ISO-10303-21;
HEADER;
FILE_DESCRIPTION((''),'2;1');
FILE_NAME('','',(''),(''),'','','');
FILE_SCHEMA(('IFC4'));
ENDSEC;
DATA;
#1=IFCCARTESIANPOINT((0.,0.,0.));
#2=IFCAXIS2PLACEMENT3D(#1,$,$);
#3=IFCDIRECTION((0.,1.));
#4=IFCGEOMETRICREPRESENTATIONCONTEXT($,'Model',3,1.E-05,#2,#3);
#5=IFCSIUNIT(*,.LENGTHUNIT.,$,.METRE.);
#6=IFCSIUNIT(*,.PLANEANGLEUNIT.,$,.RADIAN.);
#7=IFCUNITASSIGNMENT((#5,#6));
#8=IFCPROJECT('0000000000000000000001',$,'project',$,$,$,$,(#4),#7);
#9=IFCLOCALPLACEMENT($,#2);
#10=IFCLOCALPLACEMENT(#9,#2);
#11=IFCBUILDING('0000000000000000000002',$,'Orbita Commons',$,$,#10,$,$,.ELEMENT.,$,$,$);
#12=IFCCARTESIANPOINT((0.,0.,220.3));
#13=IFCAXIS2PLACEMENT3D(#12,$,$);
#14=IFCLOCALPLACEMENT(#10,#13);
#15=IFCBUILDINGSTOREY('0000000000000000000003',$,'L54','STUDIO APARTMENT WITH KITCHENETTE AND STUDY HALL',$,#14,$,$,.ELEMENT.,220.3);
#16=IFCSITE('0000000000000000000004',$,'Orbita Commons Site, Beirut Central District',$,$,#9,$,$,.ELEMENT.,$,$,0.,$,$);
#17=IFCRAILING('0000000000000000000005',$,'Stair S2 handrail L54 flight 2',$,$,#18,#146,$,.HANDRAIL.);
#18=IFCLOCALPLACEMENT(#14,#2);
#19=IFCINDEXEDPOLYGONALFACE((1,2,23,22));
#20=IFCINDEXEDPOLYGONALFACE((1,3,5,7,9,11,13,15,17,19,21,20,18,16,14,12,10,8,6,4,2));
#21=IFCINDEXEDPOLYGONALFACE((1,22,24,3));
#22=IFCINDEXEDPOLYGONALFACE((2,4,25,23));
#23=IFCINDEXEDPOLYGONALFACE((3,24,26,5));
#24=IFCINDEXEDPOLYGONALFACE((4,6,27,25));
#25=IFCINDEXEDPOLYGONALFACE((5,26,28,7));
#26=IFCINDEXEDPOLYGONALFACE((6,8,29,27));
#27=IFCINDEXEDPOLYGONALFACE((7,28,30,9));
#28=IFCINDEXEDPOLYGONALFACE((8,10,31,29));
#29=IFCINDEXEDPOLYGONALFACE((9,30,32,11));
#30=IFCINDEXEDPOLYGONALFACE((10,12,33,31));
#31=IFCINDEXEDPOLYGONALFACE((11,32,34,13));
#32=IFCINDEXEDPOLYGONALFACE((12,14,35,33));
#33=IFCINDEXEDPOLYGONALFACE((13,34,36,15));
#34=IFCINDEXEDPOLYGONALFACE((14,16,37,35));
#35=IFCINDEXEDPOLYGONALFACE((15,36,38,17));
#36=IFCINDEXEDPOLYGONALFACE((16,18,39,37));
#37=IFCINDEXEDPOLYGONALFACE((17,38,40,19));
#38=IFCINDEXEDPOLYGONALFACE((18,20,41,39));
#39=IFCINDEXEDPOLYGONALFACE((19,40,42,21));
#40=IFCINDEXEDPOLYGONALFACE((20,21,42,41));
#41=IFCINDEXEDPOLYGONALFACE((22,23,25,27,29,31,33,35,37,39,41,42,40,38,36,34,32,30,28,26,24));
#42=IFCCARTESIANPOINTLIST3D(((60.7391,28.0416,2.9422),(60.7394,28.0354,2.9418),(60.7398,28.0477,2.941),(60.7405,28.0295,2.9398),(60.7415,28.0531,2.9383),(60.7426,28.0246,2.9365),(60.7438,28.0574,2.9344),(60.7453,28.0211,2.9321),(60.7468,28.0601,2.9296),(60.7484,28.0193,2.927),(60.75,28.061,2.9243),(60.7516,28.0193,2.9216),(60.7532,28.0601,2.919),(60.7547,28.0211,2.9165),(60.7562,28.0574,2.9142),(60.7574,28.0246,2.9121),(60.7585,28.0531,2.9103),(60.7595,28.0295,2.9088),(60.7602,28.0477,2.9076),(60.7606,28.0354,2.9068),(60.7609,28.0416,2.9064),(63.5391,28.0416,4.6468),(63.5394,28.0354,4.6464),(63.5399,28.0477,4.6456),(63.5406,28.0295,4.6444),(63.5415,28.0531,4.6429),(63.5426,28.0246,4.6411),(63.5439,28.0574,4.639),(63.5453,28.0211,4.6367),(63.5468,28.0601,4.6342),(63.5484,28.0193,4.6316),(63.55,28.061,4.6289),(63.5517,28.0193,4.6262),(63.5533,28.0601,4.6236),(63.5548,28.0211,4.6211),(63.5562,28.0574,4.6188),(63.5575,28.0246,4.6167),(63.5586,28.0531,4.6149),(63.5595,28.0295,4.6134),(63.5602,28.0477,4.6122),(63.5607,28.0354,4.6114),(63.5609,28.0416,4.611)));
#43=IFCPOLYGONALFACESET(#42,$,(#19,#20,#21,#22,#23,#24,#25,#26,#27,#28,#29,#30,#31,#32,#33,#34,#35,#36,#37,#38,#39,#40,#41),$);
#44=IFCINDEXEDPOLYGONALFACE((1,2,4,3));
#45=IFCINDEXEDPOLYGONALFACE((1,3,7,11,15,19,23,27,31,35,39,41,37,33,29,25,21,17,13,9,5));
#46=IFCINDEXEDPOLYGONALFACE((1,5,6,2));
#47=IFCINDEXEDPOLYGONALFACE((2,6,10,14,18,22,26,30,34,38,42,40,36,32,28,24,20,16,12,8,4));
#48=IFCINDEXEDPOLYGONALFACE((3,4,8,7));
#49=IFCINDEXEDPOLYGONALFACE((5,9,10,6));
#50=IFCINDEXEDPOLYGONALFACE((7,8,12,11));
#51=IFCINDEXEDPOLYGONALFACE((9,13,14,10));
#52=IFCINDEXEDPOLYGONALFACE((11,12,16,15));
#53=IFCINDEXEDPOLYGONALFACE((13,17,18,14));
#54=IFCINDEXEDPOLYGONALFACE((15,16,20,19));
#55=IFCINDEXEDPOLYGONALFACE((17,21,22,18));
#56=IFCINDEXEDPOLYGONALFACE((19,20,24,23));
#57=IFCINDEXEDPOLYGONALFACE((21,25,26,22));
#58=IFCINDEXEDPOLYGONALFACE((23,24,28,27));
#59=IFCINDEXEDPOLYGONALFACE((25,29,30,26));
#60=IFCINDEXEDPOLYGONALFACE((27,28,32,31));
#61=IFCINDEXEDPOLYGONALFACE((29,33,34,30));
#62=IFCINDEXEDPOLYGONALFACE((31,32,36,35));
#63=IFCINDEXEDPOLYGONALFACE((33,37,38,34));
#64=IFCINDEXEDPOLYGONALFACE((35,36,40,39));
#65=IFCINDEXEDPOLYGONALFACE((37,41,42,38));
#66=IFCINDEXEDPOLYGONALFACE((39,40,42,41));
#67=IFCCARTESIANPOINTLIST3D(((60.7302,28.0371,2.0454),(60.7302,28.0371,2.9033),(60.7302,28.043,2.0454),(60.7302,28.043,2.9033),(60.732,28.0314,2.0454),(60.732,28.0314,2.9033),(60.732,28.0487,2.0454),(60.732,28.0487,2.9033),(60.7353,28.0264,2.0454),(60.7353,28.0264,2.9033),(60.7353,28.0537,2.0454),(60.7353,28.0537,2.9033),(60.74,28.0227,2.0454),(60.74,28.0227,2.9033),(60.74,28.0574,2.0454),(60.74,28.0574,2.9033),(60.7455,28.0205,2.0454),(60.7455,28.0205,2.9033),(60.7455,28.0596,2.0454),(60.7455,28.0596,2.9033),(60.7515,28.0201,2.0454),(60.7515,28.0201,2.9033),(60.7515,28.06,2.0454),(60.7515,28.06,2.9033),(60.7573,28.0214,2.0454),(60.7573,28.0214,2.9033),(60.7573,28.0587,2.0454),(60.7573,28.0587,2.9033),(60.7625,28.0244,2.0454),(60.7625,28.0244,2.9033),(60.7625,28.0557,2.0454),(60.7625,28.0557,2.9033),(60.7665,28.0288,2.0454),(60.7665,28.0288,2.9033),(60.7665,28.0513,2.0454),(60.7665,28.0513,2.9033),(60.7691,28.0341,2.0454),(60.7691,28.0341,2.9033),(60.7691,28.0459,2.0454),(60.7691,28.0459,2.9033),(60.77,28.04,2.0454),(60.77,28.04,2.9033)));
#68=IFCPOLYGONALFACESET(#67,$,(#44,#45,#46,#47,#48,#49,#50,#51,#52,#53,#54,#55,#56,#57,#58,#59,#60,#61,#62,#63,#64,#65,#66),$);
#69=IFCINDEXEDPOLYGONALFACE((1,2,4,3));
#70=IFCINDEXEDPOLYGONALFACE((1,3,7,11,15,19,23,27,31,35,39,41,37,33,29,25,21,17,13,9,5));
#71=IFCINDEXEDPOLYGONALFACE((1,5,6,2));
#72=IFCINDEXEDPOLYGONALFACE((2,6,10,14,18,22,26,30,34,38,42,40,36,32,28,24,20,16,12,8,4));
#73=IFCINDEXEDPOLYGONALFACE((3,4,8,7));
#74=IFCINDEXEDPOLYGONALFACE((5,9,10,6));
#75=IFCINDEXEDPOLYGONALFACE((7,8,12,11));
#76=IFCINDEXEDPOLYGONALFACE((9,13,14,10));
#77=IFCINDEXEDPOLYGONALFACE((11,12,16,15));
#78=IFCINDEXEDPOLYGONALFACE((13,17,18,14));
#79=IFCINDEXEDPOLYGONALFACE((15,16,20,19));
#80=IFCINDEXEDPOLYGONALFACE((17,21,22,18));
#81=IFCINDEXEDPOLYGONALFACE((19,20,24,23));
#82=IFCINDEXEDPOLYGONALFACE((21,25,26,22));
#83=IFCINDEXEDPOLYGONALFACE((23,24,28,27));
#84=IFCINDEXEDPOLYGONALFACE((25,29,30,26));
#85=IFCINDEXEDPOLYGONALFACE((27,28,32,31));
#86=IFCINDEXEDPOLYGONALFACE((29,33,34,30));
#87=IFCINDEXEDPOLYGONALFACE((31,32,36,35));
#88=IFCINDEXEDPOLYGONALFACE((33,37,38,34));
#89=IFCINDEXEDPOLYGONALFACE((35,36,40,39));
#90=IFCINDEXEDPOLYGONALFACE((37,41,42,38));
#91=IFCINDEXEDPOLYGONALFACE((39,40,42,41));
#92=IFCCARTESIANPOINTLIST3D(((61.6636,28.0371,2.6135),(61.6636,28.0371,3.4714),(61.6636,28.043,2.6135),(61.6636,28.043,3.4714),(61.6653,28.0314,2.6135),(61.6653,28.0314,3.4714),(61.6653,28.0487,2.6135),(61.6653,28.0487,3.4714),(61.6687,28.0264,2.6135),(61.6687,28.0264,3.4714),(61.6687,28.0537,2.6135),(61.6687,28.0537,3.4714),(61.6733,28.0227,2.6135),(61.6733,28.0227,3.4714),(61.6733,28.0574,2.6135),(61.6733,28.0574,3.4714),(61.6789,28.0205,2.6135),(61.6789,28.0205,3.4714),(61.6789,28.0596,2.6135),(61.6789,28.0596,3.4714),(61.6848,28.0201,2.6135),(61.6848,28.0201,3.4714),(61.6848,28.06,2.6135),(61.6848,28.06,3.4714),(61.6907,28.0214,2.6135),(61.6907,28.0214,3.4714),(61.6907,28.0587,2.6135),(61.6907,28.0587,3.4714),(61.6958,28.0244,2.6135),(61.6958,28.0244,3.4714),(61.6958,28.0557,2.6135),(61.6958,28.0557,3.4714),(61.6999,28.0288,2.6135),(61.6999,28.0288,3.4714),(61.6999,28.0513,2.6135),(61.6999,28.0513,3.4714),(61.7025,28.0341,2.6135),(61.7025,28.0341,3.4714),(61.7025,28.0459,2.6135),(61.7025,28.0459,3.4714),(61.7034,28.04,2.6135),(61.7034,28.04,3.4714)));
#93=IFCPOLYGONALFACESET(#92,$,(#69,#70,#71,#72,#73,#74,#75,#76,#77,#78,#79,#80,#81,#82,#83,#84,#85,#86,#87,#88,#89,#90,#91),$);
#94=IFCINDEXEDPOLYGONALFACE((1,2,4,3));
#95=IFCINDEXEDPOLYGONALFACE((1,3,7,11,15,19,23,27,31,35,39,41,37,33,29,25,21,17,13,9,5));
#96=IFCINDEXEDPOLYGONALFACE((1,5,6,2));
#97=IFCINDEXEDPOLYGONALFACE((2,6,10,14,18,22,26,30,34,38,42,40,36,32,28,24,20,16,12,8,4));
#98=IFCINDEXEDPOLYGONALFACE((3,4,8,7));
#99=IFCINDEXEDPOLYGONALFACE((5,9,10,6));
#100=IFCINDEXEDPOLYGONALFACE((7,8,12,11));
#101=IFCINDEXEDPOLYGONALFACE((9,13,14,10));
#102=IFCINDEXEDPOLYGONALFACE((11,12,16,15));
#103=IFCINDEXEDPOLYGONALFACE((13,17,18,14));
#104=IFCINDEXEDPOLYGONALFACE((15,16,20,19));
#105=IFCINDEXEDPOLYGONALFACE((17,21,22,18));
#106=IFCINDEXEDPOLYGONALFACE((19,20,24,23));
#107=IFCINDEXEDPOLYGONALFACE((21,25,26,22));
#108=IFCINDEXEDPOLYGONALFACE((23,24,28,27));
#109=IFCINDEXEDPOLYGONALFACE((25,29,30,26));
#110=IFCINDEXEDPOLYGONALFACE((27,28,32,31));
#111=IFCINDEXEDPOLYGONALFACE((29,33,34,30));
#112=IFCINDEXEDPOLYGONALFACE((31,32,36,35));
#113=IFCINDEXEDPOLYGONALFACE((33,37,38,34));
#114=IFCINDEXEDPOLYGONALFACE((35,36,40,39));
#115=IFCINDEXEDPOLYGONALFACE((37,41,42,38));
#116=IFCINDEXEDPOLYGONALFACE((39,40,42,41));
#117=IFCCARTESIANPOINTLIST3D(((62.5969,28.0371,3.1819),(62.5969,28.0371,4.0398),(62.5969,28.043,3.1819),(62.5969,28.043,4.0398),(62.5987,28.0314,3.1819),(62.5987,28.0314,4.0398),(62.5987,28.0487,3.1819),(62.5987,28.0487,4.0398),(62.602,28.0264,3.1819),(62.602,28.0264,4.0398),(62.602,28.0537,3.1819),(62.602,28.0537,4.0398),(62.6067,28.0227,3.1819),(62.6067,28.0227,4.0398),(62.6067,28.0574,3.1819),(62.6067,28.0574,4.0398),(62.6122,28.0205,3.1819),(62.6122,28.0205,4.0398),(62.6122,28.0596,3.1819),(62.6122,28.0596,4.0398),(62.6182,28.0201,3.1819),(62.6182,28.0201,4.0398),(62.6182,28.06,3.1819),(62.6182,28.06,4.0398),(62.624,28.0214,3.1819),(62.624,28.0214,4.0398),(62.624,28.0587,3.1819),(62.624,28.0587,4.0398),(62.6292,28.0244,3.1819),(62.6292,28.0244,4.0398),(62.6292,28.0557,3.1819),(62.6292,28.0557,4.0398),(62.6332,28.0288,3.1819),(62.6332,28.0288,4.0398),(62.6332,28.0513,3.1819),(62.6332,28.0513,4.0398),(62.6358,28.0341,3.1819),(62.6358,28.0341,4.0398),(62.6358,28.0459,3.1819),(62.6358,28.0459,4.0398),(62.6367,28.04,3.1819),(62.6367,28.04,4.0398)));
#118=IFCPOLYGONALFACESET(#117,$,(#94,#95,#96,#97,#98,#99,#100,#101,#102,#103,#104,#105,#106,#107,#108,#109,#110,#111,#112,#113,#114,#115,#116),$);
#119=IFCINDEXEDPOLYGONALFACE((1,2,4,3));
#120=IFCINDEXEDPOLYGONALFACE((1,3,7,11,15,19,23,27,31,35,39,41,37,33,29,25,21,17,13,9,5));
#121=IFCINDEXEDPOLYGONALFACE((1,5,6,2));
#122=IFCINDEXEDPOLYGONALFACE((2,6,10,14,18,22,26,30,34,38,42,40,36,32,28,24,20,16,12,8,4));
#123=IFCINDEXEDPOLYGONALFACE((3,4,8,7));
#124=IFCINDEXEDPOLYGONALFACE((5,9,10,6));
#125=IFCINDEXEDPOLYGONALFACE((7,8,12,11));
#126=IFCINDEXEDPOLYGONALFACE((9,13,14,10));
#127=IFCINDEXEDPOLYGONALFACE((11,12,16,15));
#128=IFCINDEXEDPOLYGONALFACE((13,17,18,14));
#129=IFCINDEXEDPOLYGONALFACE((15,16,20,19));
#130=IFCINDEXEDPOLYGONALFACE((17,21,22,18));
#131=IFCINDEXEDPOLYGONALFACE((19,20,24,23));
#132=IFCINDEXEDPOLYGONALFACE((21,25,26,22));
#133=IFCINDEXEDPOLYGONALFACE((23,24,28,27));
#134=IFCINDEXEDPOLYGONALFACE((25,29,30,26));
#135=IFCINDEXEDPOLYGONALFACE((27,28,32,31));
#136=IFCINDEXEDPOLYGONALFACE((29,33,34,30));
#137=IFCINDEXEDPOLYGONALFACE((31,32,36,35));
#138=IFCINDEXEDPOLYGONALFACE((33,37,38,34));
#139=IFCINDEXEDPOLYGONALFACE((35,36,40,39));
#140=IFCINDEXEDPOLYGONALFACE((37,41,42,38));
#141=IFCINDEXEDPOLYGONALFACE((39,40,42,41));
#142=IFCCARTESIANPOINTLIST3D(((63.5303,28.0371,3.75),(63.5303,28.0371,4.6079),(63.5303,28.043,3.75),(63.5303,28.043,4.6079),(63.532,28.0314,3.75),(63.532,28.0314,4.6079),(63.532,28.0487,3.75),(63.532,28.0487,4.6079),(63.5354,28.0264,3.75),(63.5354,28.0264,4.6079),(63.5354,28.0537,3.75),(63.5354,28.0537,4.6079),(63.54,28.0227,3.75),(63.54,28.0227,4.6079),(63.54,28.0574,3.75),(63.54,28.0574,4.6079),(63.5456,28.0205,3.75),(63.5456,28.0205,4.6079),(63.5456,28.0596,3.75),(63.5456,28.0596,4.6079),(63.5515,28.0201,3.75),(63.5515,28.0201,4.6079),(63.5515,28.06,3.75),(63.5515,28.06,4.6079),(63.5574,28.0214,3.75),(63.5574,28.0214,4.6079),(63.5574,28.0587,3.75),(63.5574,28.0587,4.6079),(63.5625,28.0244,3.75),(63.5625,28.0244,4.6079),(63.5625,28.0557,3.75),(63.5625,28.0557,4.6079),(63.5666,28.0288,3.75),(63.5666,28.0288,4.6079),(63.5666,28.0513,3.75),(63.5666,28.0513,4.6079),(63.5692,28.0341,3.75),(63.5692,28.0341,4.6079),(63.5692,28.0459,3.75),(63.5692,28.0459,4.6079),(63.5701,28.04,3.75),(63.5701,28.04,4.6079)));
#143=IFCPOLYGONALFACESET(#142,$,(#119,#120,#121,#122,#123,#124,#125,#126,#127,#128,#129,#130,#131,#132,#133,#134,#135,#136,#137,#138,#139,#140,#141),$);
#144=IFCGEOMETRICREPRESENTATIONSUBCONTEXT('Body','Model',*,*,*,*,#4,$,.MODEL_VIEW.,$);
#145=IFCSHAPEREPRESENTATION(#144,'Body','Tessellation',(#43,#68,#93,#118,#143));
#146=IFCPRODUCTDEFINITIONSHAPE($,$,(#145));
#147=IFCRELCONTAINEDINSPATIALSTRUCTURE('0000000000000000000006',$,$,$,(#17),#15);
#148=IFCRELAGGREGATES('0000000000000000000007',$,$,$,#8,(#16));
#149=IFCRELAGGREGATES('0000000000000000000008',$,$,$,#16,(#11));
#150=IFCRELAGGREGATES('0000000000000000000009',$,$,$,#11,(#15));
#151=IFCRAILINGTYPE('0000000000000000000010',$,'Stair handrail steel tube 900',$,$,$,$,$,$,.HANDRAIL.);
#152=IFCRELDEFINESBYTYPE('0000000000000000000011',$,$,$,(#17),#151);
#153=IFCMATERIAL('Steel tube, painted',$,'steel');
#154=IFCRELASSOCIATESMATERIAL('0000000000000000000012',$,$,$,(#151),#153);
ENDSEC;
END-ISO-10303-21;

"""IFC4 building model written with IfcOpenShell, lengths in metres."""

from ifc_helpers import new_model, si_unit, direction, frame, origin, origin_2d, place, context, subcontext, project, spatial, circle, extrude, material, type_object, element, save


model = new_model("IFC4")

# Units and contexts
model_context = context("Model", 3, precision=1e-05, world=origin(), true_north=direction((0.0, 1.0)))
body_context = subcontext(model_context, "Body", "Model", "MODEL_VIEW")
ifc_project = project(units=[si_unit("LENGTHUNIT", "METRE"), si_unit("PLANEANGLEUNIT", "RADIAN")], contexts=[model_context])

# Site, building, storey
site_placement = place(None, origin())
site = spatial("IfcSite", under=ifc_project, at=site_placement, Name="Orbita Commons Site, Beirut Central District", CompositionType="ELEMENT", RefElevation=0.0)
building_placement = place(site_placement, origin())
building = spatial("IfcBuilding", under=site, at=building_placement, Name="Orbita Commons", CompositionType="ELEMENT")
storey_placement = place(building_placement, frame((0.0, 0.0, 220.3)))
storey = spatial("IfcBuildingStorey", under=building, at=storey_placement, Name="L54", Description="STUDIO APARTMENT WITH KITCHENETTE AND STUDY HALL", CompositionType="ELEMENT", Elevation=220.3)

# Railing
ifc_material_1 = material(Name="Steel tube, painted", Category="steel")
railing_type = type_object("IfcRailingType", Name="Stair handrail steel tube 900", PredefinedType="HANDRAIL", material=ifc_material_1)
for number, where, name in (
    (1, (60.75, 28.04, 2.0454), "Stair S2 handrail L54 flight 2"),
):
    element("IfcRailing", number, at=place(storey_placement, frame(where)), inside=storey, type_object=railing_type, Name=name, PredefinedType="HANDRAIL", context=body_context, shape_type="SweptSolid", body=[
        extrude(circle(Radius=0.021, at=origin_2d()), frame((0.0, 0.0, 0.8789), z_axis=(0.85417, 0.0, 0.519994), x_axis=(0.0, 1.0, 0.0)), (0.0, 0.0, 1.0), 3.2781),
        extrude(circle(Radius=0.02, at=origin_2d()), origin(), (0.0, 0.0, 1.0), 0.8579),
        extrude(circle(Radius=0.02, at=origin_2d()), frame((0.9333, 0.0, 0.5681)), (0.0, 0.0, 1.0), 0.8579),
        extrude(circle(Radius=0.02, at=origin_2d()), frame((1.8667, 0.0, 1.1365)), (0.0, 0.0, 1.0), 0.8579),
        extrude(circle(Radius=0.02, at=origin_2d()), frame((2.8, 0.0, 1.7046)), (0.0, 0.0, 1.0), 0.8579),
    ])

save(model, "model.ifc")
